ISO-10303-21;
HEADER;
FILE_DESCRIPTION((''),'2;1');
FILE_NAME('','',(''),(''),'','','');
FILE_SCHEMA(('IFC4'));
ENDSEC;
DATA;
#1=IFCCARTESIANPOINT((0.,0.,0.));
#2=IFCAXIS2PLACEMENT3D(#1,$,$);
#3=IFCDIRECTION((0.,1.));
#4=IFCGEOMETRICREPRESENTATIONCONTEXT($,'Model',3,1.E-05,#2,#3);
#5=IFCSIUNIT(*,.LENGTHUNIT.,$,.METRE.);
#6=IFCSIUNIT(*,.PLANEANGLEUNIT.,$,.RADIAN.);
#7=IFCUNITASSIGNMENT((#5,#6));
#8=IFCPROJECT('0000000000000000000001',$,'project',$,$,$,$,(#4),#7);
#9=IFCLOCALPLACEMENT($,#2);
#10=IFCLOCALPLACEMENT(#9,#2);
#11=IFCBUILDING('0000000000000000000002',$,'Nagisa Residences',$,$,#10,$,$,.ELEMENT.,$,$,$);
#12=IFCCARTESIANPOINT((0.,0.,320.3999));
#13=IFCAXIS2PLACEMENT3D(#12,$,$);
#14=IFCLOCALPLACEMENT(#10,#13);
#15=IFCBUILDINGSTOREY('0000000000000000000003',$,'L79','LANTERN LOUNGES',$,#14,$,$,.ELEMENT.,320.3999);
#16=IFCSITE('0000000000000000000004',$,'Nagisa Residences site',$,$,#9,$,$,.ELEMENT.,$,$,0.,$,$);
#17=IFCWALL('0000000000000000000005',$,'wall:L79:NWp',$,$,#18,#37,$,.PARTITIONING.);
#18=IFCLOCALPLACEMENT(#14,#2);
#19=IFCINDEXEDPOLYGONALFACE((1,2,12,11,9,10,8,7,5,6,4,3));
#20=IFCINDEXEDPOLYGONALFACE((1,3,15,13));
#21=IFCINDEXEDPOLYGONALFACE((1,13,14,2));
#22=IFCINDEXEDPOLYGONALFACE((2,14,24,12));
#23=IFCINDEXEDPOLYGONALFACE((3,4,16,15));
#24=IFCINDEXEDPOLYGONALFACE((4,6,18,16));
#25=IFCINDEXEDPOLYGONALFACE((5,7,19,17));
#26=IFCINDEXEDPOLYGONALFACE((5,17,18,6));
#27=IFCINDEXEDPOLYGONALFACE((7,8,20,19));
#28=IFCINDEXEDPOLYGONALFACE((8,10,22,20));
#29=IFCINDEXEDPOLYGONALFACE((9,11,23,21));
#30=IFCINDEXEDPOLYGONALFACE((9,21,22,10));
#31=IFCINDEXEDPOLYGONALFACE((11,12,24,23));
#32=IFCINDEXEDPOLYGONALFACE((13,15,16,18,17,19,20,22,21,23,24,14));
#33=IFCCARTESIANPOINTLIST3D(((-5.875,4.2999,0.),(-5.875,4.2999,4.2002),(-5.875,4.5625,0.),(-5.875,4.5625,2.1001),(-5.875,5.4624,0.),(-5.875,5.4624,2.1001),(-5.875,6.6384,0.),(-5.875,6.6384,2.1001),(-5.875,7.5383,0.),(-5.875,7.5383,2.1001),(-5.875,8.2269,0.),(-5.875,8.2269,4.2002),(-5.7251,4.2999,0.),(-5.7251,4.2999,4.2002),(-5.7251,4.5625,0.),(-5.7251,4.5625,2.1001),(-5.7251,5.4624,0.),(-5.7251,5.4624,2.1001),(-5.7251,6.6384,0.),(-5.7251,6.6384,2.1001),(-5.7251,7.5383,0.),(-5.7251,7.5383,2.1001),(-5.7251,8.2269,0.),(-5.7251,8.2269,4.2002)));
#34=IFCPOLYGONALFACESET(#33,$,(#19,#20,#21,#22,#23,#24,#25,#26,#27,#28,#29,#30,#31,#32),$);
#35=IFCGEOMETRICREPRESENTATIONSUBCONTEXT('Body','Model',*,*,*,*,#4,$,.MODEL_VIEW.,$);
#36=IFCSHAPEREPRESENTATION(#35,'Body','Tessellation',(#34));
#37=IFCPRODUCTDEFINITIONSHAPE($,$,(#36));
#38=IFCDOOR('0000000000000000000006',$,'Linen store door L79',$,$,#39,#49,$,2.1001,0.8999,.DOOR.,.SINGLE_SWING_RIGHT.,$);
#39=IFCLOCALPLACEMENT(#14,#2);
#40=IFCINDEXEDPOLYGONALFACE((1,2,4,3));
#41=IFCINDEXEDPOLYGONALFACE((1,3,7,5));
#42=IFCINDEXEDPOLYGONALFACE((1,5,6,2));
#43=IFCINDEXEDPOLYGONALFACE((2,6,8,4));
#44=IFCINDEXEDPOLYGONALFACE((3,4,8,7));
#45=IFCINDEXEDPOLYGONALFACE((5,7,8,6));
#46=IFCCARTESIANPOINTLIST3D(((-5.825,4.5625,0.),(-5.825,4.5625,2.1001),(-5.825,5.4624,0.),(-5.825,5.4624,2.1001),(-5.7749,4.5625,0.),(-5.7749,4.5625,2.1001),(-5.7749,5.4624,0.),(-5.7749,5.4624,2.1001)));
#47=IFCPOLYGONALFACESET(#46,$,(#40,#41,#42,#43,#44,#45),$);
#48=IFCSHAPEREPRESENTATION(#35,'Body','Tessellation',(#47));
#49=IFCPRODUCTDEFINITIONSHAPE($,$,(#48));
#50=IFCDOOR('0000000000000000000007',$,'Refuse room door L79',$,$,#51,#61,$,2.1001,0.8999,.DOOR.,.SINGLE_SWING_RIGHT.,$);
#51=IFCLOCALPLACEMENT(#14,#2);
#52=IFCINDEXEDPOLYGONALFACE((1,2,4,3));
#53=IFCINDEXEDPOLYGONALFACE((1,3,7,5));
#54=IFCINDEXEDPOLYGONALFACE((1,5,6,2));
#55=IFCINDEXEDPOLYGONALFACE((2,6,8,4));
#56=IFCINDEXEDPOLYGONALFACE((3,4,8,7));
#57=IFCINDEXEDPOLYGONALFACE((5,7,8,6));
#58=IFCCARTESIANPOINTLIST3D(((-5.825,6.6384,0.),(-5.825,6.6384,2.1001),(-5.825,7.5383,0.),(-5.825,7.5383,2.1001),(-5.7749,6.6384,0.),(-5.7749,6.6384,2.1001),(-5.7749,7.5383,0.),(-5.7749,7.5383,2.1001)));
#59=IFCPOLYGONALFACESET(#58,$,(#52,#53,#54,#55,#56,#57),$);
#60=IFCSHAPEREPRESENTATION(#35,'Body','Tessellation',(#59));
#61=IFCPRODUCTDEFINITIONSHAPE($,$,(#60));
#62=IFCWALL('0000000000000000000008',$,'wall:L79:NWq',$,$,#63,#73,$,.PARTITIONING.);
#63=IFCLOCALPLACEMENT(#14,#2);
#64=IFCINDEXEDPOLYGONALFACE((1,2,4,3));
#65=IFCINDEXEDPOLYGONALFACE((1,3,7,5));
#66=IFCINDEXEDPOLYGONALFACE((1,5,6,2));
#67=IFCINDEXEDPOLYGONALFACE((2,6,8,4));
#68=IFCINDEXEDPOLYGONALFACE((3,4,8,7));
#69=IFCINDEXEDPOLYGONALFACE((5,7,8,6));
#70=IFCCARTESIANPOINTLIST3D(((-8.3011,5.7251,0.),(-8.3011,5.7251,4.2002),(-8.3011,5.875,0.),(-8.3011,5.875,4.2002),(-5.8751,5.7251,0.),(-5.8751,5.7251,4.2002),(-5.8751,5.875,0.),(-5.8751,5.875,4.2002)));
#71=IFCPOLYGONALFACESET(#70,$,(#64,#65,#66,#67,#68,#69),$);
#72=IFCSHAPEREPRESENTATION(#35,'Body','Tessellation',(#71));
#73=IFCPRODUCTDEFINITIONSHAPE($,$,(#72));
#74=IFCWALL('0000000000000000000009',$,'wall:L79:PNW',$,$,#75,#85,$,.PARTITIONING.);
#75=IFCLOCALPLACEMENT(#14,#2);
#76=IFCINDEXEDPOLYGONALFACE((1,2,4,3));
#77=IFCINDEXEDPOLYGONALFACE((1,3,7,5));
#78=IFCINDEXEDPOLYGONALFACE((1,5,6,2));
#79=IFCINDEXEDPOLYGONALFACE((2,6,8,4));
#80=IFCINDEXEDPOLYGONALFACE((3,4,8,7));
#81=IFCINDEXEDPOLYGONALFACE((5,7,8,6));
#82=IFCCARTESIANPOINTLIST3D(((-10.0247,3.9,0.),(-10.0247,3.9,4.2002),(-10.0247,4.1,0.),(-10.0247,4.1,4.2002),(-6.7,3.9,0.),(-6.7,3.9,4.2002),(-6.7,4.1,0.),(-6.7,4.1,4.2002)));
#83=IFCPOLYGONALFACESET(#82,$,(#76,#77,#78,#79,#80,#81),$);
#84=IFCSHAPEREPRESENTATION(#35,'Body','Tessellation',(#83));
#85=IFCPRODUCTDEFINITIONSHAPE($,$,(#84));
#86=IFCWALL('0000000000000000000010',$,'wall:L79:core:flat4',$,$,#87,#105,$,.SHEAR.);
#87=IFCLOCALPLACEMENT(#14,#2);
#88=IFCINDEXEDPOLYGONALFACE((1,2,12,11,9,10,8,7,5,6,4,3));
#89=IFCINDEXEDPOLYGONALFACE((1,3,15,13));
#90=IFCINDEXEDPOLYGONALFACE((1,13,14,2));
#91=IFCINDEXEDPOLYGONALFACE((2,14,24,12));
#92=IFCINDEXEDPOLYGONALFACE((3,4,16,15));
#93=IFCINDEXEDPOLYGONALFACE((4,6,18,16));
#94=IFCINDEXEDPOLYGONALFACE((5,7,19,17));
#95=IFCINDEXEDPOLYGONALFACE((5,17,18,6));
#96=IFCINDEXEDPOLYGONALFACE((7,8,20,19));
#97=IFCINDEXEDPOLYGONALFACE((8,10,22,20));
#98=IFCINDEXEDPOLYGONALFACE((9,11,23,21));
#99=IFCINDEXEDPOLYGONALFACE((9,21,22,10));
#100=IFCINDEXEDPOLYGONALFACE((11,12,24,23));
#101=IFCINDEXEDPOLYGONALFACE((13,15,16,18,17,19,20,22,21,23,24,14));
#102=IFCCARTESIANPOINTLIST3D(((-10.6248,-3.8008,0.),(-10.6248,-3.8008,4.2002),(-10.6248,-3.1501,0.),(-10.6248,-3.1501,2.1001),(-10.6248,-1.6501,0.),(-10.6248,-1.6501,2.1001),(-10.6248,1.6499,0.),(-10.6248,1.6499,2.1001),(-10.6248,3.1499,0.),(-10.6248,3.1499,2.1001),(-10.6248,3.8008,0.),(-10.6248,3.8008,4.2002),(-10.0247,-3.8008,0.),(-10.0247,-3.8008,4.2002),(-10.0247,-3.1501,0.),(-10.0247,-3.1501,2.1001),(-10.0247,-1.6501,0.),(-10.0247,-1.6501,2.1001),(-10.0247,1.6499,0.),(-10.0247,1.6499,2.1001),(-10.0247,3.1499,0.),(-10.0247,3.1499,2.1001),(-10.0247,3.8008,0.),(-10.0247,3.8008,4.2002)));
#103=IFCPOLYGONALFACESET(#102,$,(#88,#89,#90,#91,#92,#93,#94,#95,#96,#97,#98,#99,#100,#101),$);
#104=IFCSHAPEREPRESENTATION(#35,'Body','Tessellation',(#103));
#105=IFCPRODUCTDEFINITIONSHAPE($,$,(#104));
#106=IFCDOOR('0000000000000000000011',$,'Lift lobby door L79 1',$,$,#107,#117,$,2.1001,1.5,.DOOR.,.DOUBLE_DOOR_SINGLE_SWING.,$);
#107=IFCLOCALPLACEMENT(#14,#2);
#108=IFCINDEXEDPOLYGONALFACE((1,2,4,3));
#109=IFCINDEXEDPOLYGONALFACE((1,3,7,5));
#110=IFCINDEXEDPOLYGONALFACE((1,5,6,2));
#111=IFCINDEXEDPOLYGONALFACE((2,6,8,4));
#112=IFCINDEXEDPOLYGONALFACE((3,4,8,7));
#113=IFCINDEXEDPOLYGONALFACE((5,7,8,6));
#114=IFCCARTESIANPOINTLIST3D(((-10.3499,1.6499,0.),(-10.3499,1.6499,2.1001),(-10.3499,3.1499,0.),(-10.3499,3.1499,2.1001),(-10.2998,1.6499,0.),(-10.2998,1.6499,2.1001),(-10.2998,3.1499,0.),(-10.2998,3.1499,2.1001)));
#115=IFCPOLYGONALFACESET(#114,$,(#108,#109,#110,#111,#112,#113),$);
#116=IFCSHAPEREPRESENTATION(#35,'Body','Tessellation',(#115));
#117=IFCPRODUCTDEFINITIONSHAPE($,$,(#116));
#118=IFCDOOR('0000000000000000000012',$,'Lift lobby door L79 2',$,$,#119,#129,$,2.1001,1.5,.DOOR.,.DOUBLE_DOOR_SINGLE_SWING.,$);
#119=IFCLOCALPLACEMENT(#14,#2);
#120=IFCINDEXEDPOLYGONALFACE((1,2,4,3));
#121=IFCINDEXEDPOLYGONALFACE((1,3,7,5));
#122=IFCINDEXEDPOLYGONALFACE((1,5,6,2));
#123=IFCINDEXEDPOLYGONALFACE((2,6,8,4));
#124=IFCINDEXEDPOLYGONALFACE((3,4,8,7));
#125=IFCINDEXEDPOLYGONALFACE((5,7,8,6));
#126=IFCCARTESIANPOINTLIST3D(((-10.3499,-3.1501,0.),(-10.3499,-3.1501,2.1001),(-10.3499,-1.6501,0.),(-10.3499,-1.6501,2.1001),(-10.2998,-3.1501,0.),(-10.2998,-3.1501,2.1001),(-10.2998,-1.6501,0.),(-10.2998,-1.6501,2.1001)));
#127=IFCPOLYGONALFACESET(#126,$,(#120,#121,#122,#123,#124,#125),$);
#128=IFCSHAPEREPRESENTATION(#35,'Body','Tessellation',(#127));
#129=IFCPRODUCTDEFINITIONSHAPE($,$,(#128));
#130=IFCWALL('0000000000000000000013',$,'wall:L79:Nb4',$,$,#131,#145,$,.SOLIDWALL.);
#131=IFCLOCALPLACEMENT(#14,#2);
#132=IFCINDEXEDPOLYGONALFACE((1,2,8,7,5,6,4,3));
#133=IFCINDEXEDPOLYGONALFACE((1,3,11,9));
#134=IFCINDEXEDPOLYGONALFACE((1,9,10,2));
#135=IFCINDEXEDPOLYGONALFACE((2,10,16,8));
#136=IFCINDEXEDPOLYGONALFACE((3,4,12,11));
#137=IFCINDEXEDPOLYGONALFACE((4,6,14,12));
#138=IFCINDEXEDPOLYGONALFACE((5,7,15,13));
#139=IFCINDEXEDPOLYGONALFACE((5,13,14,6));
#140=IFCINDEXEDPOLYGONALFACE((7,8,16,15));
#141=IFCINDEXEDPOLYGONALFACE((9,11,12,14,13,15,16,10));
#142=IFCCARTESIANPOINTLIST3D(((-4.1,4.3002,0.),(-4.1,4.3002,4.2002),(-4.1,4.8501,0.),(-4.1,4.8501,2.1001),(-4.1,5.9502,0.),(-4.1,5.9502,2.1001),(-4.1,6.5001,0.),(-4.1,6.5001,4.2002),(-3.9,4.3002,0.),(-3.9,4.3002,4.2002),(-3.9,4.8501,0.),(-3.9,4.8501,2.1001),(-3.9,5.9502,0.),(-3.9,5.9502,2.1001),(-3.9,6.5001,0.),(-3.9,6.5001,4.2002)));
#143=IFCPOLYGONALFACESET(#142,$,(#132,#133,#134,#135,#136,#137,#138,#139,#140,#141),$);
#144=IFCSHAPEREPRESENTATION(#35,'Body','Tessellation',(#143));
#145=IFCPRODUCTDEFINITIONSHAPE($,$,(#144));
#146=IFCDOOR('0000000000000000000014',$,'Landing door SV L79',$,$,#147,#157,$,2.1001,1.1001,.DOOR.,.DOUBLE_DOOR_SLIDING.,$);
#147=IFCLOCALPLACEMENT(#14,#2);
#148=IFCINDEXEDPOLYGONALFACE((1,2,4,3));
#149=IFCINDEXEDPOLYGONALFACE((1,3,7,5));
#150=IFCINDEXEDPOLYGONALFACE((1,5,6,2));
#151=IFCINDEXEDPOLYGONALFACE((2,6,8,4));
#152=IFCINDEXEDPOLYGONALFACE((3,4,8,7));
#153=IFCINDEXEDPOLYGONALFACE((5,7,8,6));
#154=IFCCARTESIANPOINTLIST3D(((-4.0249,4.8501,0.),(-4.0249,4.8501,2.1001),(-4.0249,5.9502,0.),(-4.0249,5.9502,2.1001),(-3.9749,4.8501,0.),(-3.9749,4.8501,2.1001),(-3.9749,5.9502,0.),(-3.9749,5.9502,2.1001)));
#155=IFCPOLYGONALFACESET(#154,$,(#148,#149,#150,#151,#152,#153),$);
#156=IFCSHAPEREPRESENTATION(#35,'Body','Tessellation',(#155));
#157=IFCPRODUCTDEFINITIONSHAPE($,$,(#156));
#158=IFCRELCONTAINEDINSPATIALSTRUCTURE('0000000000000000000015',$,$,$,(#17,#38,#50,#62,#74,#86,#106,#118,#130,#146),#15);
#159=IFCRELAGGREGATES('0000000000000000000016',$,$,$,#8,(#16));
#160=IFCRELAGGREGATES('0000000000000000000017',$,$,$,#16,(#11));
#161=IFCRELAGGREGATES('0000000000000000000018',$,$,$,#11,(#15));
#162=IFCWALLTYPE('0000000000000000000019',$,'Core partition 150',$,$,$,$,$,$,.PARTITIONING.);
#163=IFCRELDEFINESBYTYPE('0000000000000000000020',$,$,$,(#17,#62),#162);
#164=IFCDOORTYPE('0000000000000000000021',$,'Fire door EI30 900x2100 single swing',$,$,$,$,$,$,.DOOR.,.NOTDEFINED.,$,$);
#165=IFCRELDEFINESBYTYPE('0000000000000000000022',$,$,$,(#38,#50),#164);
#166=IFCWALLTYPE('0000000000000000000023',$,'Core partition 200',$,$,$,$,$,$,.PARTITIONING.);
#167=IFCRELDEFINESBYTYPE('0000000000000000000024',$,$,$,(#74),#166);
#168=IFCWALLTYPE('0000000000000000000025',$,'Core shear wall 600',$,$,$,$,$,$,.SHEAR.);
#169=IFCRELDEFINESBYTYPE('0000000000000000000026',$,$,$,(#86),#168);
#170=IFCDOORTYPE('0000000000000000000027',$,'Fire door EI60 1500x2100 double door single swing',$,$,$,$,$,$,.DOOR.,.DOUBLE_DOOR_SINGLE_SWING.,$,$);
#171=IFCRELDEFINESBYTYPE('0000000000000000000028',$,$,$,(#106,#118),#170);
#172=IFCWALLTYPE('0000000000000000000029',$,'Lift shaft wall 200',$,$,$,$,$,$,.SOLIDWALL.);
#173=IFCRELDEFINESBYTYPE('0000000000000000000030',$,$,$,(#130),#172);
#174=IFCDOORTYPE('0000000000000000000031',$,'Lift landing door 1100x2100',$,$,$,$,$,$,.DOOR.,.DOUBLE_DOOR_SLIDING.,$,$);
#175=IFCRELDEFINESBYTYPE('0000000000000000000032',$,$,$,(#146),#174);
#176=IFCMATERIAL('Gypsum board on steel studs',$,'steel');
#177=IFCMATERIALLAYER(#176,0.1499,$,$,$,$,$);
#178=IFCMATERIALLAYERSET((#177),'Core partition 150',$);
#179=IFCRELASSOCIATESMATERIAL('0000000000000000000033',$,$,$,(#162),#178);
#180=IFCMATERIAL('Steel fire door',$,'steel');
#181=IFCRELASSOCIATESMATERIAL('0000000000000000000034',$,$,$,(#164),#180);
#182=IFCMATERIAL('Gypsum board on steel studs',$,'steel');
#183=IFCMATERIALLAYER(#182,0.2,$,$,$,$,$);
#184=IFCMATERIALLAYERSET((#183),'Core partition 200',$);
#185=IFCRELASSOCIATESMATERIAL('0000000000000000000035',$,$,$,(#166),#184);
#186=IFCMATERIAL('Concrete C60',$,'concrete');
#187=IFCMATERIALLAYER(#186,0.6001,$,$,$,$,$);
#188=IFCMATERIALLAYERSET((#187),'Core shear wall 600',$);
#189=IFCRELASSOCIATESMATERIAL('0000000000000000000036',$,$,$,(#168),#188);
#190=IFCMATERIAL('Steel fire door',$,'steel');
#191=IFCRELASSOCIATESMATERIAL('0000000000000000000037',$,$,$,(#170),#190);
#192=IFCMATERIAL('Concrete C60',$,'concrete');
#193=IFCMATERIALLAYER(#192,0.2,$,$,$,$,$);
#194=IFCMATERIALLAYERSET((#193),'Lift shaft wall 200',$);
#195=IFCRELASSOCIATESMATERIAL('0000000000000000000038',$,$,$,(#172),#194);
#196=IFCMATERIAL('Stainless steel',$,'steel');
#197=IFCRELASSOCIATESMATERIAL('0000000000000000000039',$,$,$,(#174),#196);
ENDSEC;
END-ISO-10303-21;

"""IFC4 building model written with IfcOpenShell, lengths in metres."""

from ifc_helpers import new_model, si_unit, direction, frame, frame_2d, origin, place, context, subcontext, project, spatial, rectangle, extrude, material, layer, layer_set, type_object, element, fill, save


model = new_model("IFC4")

# Units and contexts
model_context = context("Model", 3, precision=1e-05, world=origin(), true_north=direction((0.0, 1.0)))
body_context = subcontext(model_context, "Body", "Model", "MODEL_VIEW")
ifc_project = project(units=[si_unit("LENGTHUNIT", "METRE"), si_unit("PLANEANGLEUNIT", "RADIAN")], contexts=[model_context])

# Site, building, storey
site_placement = place(None, origin())
site = spatial("IfcSite", under=ifc_project, at=site_placement, Name="Nagisa Residences site", CompositionType="ELEMENT", RefElevation=0.0)
building_placement = place(site_placement, origin())
building = spatial("IfcBuilding", under=site, at=building_placement, Name="Nagisa Residences", CompositionType="ELEMENT")
storey_placement = place(building_placement, frame((0.0, 0.0, 320.3999)))
storey = spatial("IfcBuildingStorey", under=building, at=storey_placement, Name="L79", Description="LANTERN LOUNGES", CompositionType="ELEMENT", Elevation=320.3999)

# Wall, openings, doors
ifc_material_1 = material(Name="Gypsum board on steel studs", Category="steel")
ifc_layer_1 = layer(ifc_material_1, 0.1499)
ifc_layer_set_1 = layer_set([ifc_layer_1], Name="Core partition 150")
wall_type_1 = type_object("IfcWallType", Name="Core partition 150", PredefinedType="PARTITIONING", material=ifc_layer_set_1)
wall_1_placement = place(storey_placement, frame((-5.8, 4.3, 0.0), z_axis=(0.0, 0.0, 1.0), x_axis=(0.0, 1.0, 0.0)))
wall_1 = element("IfcWall", 1, at=wall_1_placement, inside=storey, type_object=wall_type_1, Name="wall:L79:NWp", PredefinedType="PARTITIONING", context=body_context, shape_type="SweptSolid", body=[
    extrude(rectangle(XDim=3.927, YDim=0.1499, at=frame_2d((1.9634, 0.0))), origin(), (0.0, 0.0, 1.0), 4.2002),
])
opening_1_placement = place(wall_1_placement, frame((0.2625, 0.0, 0.0)))
opening_1 = element("IfcOpeningElement", 2, at=opening_1_placement, cuts=wall_1, PredefinedType="OPENING", context=body_context, shape_type="SweptSolid", body=[
    extrude(rectangle(XDim=0.8999, YDim=2.1001, at=frame_2d((0.45, 1.05))), frame((0.0, 0.085, 0.0), z_axis=(0.0, -1.0, 0.0), x_axis=(1.0, 0.0, 0.0)), (0.0, 0.0, 1.0), 0.1699),
])
opening_2_placement = place(wall_1_placement, frame((2.3384, 0.0, 0.0)))
opening_2 = element("IfcOpeningElement", 3, at=opening_2_placement, cuts=wall_1, PredefinedType="OPENING", context=body_context, shape_type="SweptSolid", body=[
    extrude(rectangle(XDim=0.8999, YDim=2.1001, at=frame_2d((0.45, 1.05))), frame((0.0, 0.085, 0.0), z_axis=(0.0, -1.0, 0.0), x_axis=(1.0, 0.0, 0.0)), (0.0, 0.0, 1.0), 0.1699),
])
ifc_material_2 = material(Name="Steel fire door", Category="steel")
door_type_1 = type_object("IfcDoorType", Name="Fire door EI30 900x2100 single swing", OperationType="NOTDEFINED", PredefinedType="DOOR", material=ifc_material_2)
door_1_placement = place(opening_1_placement, origin())
door_1 = element("IfcDoor", 4, at=door_1_placement, inside=storey, type_object=door_type_1, Name="Linen store door L79", OperationType="SINGLE_SWING_RIGHT", OverallHeight=2.1001, OverallWidth=0.8999, PredefinedType="DOOR", context=body_context, shape_type="SweptSolid", body=[
    extrude(rectangle(XDim=0.8999, YDim=2.1001, at=frame_2d((0.45, 1.05))), frame((0.0, 0.0249, 0.0), z_axis=(0.0, -1.0, 0.0), x_axis=(1.0, 0.0, 0.0)), (0.0, 0.0, 1.0), 0.05),
])
fill(opening_1, door_1)
door_2_placement = place(opening_2_placement, origin())
door_2 = element("IfcDoor", 5, at=door_2_placement, inside=storey, type_object=door_type_1, Name="Refuse room door L79", OperationType="SINGLE_SWING_RIGHT", OverallHeight=2.1001, OverallWidth=0.8999, PredefinedType="DOOR", context=body_context, shape_type="SweptSolid", body=[
    extrude(rectangle(XDim=0.8999, YDim=2.1001, at=frame_2d((0.45, 1.05))), frame((0.0, 0.0249, 0.0), z_axis=(0.0, -1.0, 0.0), x_axis=(1.0, 0.0, 0.0)), (0.0, 0.0, 1.0), 0.05),
])
fill(opening_2, door_2)

# Walls
wall_2_placement = place(storey_placement, frame((-8.301, 5.8, 0.0), z_axis=(0.0, 0.0, 1.0), x_axis=(1.0, 0.0, 0.0)))
element("IfcWall", 6, at=wall_2_placement, inside=storey, type_object=wall_type_1, Name="wall:L79:NWq", PredefinedType="PARTITIONING", context=body_context, shape_type="SweptSolid", body=[
    extrude(rectangle(XDim=2.426, YDim=0.1499, at=frame_2d((1.2129, 0.0))), origin(), (0.0, 0.0, 1.0), 4.2002),
])
ifc_material_3 = material(Name="Gypsum board on steel studs", Category="steel")
ifc_layer_2 = layer(ifc_material_3, 0.2)
ifc_layer_set_2 = layer_set([ifc_layer_2], Name="Core partition 200")
wall_type_2 = type_object("IfcWallType", Name="Core partition 200", PredefinedType="PARTITIONING", material=ifc_layer_set_2)
wall_3_placement = place(storey_placement, frame((-10.0247, 4.0, 0.0), z_axis=(0.0, 0.0, 1.0), x_axis=(1.0, 0.0, 0.0)))
element("IfcWall", 7, at=wall_3_placement, inside=storey, type_object=wall_type_2, Name="wall:L79:PNW", PredefinedType="PARTITIONING", context=body_context, shape_type="SweptSolid", body=[
    extrude(rectangle(XDim=3.3247, YDim=0.2, at=frame_2d((1.6624, 0.0))), origin(), (0.0, 0.0, 1.0), 4.2002),
])

# Wall, openings, doors
ifc_material_4 = material(Name="Concrete C60", Category="concrete")
ifc_layer_3 = layer(ifc_material_4, 0.6001)
ifc_layer_set_3 = layer_set([ifc_layer_3], Name="Core shear wall 600")
wall_type_3 = type_object("IfcWallType", Name="Core shear wall 600", PredefinedType="SHEAR", material=ifc_layer_set_3)
wall_4_placement = place(storey_placement, frame((-10.3247, 3.8008, 0.0), z_axis=(0.0, 0.0, 1.0), x_axis=(0.0, -1.0, 0.0)))
wall_4 = element("IfcWall", 8, at=wall_4_placement, inside=storey, type_object=wall_type_3, Name="wall:L79:core:flat4", PredefinedType="SHEAR", context=body_context, shape_type="SweptSolid", body=[
    extrude(rectangle(XDim=7.6016, YDim=0.6001, at=frame_2d((3.8008, 0.0))), origin(), (0.0, 0.0, 1.0), 4.2002),
])
opening_3_placement = place(wall_4_placement, frame((0.6509, 0.0, 0.0)))
opening_3 = element("IfcOpeningElement", 9, at=opening_3_placement, cuts=wall_4, PredefinedType="OPENING", context=body_context, shape_type="SweptSolid", body=[
    extrude(rectangle(XDim=1.5, YDim=2.1001, at=frame_2d((0.75, 1.05))), frame((0.0, 0.3101, 0.0), z_axis=(0.0, -1.0, 0.0), x_axis=(1.0, 0.0, 0.0)), (0.0, 0.0, 1.0), 0.6201),
])
opening_4_placement = place(wall_4_placement, frame((5.4509, 0.0, 0.0)))
opening_4 = element("IfcOpeningElement", 10, at=opening_4_placement, cuts=wall_4, PredefinedType="OPENING", context=body_context, shape_type="SweptSolid", body=[
    extrude(rectangle(XDim=1.5, YDim=2.1001, at=frame_2d((0.75, 1.05))), frame((0.0, 0.3101, 0.0), z_axis=(0.0, -1.0, 0.0), x_axis=(1.0, 0.0, 0.0)), (0.0, 0.0, 1.0), 0.6201),
])
ifc_material_5 = material(Name="Steel fire door", Category="steel")
door_type_2 = type_object("IfcDoorType", Name="Fire door EI60 1500x2100 double door single swing", OperationType="DOUBLE_DOOR_SINGLE_SWING", PredefinedType="DOOR", material=ifc_material_5)
door_3_placement = place(opening_3_placement, origin())
door_3 = element("IfcDoor", 11, at=door_3_placement, inside=storey, type_object=door_type_2, Name="Lift lobby door L79 1", OperationType="DOUBLE_DOOR_SINGLE_SWING", OverallHeight=2.1001, OverallWidth=1.5, PredefinedType="DOOR", context=body_context, shape_type="SweptSolid", body=[
    extrude(rectangle(XDim=1.5, YDim=2.1001, at=frame_2d((0.75, 1.05))), frame((0.0, 0.0249, 0.0), z_axis=(0.0, -1.0, 0.0), x_axis=(1.0, 0.0, 0.0)), (0.0, 0.0, 1.0), 0.05),
])
fill(opening_3, door_3)
door_4_placement = place(opening_4_placement, origin())
door_4 = element("IfcDoor", 12, at=door_4_placement, inside=storey, type_object=door_type_2, Name="Lift lobby door L79 2", OperationType="DOUBLE_DOOR_SINGLE_SWING", OverallHeight=2.1001, OverallWidth=1.5, PredefinedType="DOOR", context=body_context, shape_type="SweptSolid", body=[
    extrude(rectangle(XDim=1.5, YDim=2.1001, at=frame_2d((0.75, 1.05))), frame((0.0, 0.0249, 0.0), z_axis=(0.0, -1.0, 0.0), x_axis=(1.0, 0.0, 0.0)), (0.0, 0.0, 1.0), 0.05),
])
fill(opening_4, door_4)

# Wall, opening, door
ifc_material_6 = material(Name="Concrete C60", Category="concrete")
ifc_layer_4 = layer(ifc_material_6, 0.2)
ifc_layer_set_4 = layer_set([ifc_layer_4], Name="Lift shaft wall 200")
wall_type_4 = type_object("IfcWallType", Name="Lift shaft wall 200", PredefinedType="SOLIDWALL", material=ifc_layer_set_4)
wall_5_placement = place(storey_placement, frame((-4.0, 4.3, 0.0), z_axis=(0.0, 0.0, 1.0), x_axis=(0.0, 1.0, 0.0)))
wall_5 = element("IfcWall", 13, at=wall_5_placement, inside=storey, type_object=wall_type_4, Name="wall:L79:Nb4", PredefinedType="SOLIDWALL", context=body_context, shape_type="SweptSolid", body=[
    extrude(rectangle(XDim=2.2, YDim=0.2, at=frame_2d((1.1001, 0.0))), origin(), (0.0, 0.0, 1.0), 4.2002),
])
opening_5_placement = place(wall_5_placement, frame((0.55, 0.0, 0.0)))
opening_5 = element("IfcOpeningElement", 14, at=opening_5_placement, cuts=wall_5, PredefinedType="OPENING", context=body_context, shape_type="SweptSolid", body=[
    extrude(rectangle(XDim=1.1001, YDim=2.1001, at=frame_2d((0.55, 1.05))), frame((0.0, 0.1099, 0.0), z_axis=(0.0, -1.0, 0.0), x_axis=(1.0, 0.0, 0.0)), (0.0, 0.0, 1.0), 0.22),
])
ifc_material_7 = material(Name="Stainless steel", Category="steel")
door_type_3 = type_object("IfcDoorType", Name="Lift landing door 1100x2100", OperationType="DOUBLE_DOOR_SLIDING", PredefinedType="DOOR", material=ifc_material_7)
door_5_placement = place(opening_5_placement, origin())
door_5 = element("IfcDoor", 15, at=door_5_placement, inside=storey, type_object=door_type_3, Name="Landing door SV L79", OperationType="DOUBLE_DOOR_SLIDING", OverallHeight=2.1001, OverallWidth=1.1001, PredefinedType="DOOR", context=body_context, shape_type="SweptSolid", body=[
    extrude(rectangle(XDim=1.1001, YDim=2.1001, at=frame_2d((0.55, 1.05))), frame((0.0, 0.0249, 0.0), z_axis=(0.0, -1.0, 0.0), x_axis=(1.0, 0.0, 0.0)), (0.0, 0.0, 1.0), 0.05),
])
fill(opening_5, door_5)

save(model, "model.ifc")
